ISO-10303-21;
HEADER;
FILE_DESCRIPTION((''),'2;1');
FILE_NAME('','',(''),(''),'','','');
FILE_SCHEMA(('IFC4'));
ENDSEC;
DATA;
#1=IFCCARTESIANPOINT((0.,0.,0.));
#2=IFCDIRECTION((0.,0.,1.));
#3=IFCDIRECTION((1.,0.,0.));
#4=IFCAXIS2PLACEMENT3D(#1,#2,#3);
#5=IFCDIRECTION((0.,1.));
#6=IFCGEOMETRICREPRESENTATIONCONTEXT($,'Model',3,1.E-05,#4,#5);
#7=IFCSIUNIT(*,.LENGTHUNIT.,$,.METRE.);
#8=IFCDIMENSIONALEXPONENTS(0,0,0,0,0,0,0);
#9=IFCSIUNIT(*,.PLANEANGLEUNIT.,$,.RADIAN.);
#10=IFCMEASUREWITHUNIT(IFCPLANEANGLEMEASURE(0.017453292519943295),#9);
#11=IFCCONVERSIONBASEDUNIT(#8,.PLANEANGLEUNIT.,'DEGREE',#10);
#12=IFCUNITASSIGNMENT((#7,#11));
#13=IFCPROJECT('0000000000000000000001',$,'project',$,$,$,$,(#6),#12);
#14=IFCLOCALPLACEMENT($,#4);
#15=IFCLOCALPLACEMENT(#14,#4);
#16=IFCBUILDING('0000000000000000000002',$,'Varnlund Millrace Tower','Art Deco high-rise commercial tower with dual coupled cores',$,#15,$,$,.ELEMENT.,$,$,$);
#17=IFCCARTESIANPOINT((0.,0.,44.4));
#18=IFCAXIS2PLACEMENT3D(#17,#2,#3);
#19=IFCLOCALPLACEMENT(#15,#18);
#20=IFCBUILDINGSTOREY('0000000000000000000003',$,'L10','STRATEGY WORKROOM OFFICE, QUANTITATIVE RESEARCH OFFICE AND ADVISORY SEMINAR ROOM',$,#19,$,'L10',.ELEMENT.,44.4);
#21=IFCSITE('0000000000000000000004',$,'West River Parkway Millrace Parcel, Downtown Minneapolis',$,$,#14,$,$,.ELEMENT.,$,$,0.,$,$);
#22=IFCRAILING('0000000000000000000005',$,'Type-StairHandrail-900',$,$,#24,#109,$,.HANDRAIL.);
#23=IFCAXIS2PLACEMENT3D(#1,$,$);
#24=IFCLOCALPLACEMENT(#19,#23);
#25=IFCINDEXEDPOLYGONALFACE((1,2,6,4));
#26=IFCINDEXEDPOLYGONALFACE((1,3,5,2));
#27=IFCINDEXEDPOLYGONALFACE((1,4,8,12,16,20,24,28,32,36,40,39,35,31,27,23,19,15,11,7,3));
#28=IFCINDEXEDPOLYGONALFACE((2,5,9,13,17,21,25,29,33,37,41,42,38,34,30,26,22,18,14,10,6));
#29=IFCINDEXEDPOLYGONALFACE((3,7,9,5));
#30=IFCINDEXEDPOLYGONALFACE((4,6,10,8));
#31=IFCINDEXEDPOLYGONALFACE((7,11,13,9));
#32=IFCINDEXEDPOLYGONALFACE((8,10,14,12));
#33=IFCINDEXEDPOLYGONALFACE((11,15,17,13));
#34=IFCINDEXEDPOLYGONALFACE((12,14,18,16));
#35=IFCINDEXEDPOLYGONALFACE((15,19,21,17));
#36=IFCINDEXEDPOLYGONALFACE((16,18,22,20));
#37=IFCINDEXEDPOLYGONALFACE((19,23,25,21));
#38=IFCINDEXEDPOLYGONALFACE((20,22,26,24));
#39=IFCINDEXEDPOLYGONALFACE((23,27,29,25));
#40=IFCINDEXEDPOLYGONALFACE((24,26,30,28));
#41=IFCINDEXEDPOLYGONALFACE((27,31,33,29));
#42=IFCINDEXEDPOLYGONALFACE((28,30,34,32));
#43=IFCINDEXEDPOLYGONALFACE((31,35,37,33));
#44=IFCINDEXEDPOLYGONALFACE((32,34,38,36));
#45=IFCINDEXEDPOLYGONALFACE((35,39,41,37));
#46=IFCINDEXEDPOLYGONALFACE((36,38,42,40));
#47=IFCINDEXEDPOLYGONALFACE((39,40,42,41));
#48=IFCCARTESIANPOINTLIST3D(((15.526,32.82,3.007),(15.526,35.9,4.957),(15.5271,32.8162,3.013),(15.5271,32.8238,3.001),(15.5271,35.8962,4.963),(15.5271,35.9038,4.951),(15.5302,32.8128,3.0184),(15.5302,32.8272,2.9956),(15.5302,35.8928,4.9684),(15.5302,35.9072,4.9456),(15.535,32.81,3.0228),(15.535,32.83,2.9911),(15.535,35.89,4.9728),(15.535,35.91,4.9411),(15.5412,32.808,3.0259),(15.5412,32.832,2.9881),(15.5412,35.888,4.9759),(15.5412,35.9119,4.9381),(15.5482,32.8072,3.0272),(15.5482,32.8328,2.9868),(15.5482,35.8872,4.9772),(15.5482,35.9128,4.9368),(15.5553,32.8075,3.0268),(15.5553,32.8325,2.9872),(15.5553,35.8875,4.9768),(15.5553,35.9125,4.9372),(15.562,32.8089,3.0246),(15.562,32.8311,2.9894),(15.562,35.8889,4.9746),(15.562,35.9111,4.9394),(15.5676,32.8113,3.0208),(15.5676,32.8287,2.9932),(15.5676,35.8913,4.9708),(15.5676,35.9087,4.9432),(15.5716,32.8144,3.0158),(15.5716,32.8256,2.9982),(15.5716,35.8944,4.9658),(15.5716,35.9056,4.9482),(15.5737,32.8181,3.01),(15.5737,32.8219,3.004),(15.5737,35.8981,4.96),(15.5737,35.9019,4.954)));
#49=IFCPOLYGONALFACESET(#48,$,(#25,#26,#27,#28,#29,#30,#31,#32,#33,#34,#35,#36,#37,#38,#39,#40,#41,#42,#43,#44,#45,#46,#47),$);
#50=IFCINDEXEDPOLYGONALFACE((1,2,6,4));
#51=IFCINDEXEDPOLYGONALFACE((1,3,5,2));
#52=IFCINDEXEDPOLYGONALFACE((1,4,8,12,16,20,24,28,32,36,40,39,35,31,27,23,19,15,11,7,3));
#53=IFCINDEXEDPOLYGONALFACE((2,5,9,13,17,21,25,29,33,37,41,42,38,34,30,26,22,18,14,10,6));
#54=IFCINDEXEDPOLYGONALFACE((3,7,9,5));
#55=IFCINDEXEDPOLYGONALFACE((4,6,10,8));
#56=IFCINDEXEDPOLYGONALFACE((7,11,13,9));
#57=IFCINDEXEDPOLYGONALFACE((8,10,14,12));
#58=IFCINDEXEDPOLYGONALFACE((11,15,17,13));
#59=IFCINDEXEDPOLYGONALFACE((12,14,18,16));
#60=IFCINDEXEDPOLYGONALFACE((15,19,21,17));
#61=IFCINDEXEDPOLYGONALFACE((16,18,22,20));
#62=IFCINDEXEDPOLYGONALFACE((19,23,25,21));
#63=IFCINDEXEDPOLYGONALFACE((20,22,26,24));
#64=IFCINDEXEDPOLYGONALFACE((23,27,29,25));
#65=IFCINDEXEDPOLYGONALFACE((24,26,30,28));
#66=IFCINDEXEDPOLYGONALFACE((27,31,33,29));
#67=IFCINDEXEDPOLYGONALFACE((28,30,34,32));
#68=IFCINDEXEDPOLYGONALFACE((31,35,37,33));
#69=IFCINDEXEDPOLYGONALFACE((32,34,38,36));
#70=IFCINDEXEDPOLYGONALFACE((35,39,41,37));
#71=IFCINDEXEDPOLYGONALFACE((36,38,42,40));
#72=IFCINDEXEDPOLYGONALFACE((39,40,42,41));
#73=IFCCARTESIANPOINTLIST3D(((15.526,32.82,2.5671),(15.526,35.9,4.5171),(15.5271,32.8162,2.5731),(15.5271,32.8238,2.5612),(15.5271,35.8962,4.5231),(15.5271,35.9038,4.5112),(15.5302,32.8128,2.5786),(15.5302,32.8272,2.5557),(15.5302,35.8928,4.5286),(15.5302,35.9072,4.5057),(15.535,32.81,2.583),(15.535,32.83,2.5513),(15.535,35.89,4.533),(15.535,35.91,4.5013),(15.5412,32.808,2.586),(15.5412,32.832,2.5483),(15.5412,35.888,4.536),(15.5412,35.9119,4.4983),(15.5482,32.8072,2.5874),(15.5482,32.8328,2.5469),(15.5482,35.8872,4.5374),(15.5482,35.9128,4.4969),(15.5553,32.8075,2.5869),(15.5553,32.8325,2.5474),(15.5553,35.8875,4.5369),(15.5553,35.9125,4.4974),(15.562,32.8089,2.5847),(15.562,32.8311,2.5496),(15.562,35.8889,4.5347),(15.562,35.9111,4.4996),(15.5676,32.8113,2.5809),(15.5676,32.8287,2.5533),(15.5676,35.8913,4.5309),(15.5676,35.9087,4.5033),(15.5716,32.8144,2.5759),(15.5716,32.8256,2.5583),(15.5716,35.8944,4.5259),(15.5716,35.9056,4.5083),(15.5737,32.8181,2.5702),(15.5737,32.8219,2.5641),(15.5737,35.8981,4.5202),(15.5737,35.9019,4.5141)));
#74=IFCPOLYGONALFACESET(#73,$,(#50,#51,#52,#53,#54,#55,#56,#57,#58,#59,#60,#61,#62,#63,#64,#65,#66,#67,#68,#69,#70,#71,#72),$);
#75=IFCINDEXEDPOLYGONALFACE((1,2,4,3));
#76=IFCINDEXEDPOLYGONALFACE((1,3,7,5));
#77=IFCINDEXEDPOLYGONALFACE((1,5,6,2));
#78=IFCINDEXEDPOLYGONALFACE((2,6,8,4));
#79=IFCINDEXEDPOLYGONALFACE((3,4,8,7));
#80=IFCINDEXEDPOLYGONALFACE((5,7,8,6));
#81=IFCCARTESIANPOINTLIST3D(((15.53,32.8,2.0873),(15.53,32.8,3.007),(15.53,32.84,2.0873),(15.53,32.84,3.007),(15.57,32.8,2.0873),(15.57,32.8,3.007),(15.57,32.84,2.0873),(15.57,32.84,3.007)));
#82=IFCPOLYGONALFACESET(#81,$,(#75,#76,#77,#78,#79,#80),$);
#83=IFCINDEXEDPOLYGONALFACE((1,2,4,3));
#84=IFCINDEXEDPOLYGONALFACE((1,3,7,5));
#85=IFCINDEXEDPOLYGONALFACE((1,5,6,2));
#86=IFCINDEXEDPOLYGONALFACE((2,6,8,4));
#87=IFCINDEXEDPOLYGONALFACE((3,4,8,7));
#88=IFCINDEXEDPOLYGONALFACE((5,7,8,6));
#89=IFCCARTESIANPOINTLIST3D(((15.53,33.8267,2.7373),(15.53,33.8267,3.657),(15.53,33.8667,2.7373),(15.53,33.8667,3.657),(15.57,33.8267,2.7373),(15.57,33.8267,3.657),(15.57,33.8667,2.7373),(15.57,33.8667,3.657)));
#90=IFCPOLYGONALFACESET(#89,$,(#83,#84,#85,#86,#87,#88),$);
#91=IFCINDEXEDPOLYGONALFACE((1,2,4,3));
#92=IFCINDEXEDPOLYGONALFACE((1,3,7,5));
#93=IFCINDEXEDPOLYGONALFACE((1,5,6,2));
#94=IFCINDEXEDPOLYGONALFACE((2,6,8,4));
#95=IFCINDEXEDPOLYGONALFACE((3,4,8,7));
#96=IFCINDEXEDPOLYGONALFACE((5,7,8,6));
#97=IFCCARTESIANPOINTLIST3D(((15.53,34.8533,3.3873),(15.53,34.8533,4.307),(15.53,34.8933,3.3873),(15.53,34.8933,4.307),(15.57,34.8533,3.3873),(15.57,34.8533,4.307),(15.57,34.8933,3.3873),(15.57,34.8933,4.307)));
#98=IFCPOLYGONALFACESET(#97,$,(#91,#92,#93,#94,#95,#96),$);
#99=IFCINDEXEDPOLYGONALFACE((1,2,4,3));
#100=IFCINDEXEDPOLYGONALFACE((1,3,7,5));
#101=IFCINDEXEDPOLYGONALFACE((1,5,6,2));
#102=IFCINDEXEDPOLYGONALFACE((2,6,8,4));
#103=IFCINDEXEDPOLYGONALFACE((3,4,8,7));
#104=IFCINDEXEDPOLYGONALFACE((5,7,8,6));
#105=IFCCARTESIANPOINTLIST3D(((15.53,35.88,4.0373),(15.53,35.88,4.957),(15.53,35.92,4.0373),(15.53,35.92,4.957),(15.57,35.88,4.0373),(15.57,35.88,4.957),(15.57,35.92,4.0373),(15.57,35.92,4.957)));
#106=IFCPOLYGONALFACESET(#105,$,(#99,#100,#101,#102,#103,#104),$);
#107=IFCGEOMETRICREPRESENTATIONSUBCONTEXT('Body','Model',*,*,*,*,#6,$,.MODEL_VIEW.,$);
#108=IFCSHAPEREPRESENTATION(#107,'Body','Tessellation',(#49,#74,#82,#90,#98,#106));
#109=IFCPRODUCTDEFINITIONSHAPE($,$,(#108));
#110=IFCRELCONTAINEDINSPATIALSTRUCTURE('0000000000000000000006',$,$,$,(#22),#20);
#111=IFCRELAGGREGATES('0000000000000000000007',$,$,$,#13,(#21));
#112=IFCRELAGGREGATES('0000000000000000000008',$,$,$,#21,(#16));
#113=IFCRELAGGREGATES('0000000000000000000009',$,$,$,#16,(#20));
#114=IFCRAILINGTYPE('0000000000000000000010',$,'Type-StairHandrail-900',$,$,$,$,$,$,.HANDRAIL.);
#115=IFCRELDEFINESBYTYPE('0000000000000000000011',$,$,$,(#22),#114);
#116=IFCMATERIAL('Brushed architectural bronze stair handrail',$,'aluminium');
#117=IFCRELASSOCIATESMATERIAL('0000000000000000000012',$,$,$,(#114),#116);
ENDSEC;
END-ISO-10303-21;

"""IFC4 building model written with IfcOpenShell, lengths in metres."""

from ifc_helpers import new_model, entity, si_unit, converted_unit, direction, frame, origin_with_axes, origin_2d_with_axis, place, context, subcontext, project, spatial, rectangle, circle, extrude, material, type_object, element, save


model = new_model("IFC4")

# Units and contexts
model_context = context("Model", 3, precision=1e-05, world=origin_with_axes(), true_north=direction((0.0, 1.0)))
body_context = subcontext(model_context, "Body", "Model", "MODEL_VIEW")
ifc_project = project(units=[si_unit("LENGTHUNIT", "METRE"), converted_unit("PLANEANGLEUNIT", "DEGREE", entity("IfcPlaneAngleMeasure", 0.017453292519943295), si_unit("PLANEANGLEUNIT", "RADIAN"), dimensions=[0, 0, 0, 0, 0, 0, 0])], contexts=[model_context])

# Site, building, storey
site_placement = place(None, origin_with_axes())
site = spatial("IfcSite", under=ifc_project, at=site_placement, Name="West River Parkway Millrace Parcel, Downtown Minneapolis", CompositionType="ELEMENT", RefElevation=0.0)
building_placement = place(site_placement, origin_with_axes())
building = spatial("IfcBuilding", under=site, at=building_placement, Name="Varnlund Millrace Tower", Description="Art Deco high-rise commercial tower with dual coupled cores", CompositionType="ELEMENT")
storey_placement = place(building_placement, frame((0.0, 0.0, 44.4), z_axis=(0.0, 0.0, 1.0), x_axis=(1.0, 0.0, 0.0)))
storey = spatial("IfcBuildingStorey", under=building, at=storey_placement, Name="L10", Description="STRATEGY WORKROOM OFFICE, QUANTITATIVE RESEARCH OFFICE AND ADVISORY SEMINAR ROOM", LongName="L10", CompositionType="ELEMENT", Elevation=44.4)

# Railing
ifc_material_1 = material(Name="Brushed architectural bronze stair handrail", Category="aluminium")
railing_type_1 = type_object("IfcRailingType", Name="Type-StairHandrail-900", PredefinedType="HANDRAIL", material=ifc_material_1)
railing_1_placement = place(storey_placement, frame((0.0, 0.0, -44.4), z_axis=(0.0, 0.0, 1.0), x_axis=(1.0, 0.0, 0.0)))
element("IfcRailing", 1, at=railing_1_placement, inside=storey, type_object=railing_type_1, Name="Type-StairHandrail-900", PredefinedType="HANDRAIL", context=body_context, shape_type="SweptSolid", body=[
    extrude(circle(Radius=0.024, at=origin_2d_with_axis()), frame((15.55, 32.82, 47.407), z_axis=(0.0, 0.844902, 0.534922), x_axis=(-1.0, 0.0, 0.0)), (0.0, 0.0, 1.0), 3.6454),
    extrude(circle(Radius=0.024, at=origin_2d_with_axis()), frame((15.55, 32.82, 46.9671), z_axis=(0.0, 0.844902, 0.534922), x_axis=(-1.0, 0.0, 0.0)), (0.0, 0.0, 1.0), 3.6454),
    extrude(rectangle(XDim=0.04, YDim=0.04, at=origin_2d_with_axis()), frame((15.55, 32.82, 46.4873), z_axis=(0.0, 0.0, 1.0), x_axis=(1.0, 0.0, 0.0)), (0.0, 0.0, 1.0), 0.9197),
    extrude(rectangle(XDim=0.04, YDim=0.04, at=origin_2d_with_axis()), frame((15.55, 33.8467, 47.1373), z_axis=(0.0, 0.0, 1.0), x_axis=(1.0, 0.0, 0.0)), (0.0, 0.0, 1.0), 0.9197),
    extrude(rectangle(XDim=0.04, YDim=0.04, at=origin_2d_with_axis()), frame((15.55, 34.8733, 47.7873), z_axis=(0.0, 0.0, 1.0), x_axis=(1.0, 0.0, 0.0)), (0.0, 0.0, 1.0), 0.9197),
    extrude(rectangle(XDim=0.04, YDim=0.04, at=origin_2d_with_axis()), frame((15.55, 35.9, 48.4373), z_axis=(0.0, 0.0, 1.0), x_axis=(1.0, 0.0, 0.0)), (0.0, 0.0, 1.0), 0.9197),
])

save(model, "model.ifc")
